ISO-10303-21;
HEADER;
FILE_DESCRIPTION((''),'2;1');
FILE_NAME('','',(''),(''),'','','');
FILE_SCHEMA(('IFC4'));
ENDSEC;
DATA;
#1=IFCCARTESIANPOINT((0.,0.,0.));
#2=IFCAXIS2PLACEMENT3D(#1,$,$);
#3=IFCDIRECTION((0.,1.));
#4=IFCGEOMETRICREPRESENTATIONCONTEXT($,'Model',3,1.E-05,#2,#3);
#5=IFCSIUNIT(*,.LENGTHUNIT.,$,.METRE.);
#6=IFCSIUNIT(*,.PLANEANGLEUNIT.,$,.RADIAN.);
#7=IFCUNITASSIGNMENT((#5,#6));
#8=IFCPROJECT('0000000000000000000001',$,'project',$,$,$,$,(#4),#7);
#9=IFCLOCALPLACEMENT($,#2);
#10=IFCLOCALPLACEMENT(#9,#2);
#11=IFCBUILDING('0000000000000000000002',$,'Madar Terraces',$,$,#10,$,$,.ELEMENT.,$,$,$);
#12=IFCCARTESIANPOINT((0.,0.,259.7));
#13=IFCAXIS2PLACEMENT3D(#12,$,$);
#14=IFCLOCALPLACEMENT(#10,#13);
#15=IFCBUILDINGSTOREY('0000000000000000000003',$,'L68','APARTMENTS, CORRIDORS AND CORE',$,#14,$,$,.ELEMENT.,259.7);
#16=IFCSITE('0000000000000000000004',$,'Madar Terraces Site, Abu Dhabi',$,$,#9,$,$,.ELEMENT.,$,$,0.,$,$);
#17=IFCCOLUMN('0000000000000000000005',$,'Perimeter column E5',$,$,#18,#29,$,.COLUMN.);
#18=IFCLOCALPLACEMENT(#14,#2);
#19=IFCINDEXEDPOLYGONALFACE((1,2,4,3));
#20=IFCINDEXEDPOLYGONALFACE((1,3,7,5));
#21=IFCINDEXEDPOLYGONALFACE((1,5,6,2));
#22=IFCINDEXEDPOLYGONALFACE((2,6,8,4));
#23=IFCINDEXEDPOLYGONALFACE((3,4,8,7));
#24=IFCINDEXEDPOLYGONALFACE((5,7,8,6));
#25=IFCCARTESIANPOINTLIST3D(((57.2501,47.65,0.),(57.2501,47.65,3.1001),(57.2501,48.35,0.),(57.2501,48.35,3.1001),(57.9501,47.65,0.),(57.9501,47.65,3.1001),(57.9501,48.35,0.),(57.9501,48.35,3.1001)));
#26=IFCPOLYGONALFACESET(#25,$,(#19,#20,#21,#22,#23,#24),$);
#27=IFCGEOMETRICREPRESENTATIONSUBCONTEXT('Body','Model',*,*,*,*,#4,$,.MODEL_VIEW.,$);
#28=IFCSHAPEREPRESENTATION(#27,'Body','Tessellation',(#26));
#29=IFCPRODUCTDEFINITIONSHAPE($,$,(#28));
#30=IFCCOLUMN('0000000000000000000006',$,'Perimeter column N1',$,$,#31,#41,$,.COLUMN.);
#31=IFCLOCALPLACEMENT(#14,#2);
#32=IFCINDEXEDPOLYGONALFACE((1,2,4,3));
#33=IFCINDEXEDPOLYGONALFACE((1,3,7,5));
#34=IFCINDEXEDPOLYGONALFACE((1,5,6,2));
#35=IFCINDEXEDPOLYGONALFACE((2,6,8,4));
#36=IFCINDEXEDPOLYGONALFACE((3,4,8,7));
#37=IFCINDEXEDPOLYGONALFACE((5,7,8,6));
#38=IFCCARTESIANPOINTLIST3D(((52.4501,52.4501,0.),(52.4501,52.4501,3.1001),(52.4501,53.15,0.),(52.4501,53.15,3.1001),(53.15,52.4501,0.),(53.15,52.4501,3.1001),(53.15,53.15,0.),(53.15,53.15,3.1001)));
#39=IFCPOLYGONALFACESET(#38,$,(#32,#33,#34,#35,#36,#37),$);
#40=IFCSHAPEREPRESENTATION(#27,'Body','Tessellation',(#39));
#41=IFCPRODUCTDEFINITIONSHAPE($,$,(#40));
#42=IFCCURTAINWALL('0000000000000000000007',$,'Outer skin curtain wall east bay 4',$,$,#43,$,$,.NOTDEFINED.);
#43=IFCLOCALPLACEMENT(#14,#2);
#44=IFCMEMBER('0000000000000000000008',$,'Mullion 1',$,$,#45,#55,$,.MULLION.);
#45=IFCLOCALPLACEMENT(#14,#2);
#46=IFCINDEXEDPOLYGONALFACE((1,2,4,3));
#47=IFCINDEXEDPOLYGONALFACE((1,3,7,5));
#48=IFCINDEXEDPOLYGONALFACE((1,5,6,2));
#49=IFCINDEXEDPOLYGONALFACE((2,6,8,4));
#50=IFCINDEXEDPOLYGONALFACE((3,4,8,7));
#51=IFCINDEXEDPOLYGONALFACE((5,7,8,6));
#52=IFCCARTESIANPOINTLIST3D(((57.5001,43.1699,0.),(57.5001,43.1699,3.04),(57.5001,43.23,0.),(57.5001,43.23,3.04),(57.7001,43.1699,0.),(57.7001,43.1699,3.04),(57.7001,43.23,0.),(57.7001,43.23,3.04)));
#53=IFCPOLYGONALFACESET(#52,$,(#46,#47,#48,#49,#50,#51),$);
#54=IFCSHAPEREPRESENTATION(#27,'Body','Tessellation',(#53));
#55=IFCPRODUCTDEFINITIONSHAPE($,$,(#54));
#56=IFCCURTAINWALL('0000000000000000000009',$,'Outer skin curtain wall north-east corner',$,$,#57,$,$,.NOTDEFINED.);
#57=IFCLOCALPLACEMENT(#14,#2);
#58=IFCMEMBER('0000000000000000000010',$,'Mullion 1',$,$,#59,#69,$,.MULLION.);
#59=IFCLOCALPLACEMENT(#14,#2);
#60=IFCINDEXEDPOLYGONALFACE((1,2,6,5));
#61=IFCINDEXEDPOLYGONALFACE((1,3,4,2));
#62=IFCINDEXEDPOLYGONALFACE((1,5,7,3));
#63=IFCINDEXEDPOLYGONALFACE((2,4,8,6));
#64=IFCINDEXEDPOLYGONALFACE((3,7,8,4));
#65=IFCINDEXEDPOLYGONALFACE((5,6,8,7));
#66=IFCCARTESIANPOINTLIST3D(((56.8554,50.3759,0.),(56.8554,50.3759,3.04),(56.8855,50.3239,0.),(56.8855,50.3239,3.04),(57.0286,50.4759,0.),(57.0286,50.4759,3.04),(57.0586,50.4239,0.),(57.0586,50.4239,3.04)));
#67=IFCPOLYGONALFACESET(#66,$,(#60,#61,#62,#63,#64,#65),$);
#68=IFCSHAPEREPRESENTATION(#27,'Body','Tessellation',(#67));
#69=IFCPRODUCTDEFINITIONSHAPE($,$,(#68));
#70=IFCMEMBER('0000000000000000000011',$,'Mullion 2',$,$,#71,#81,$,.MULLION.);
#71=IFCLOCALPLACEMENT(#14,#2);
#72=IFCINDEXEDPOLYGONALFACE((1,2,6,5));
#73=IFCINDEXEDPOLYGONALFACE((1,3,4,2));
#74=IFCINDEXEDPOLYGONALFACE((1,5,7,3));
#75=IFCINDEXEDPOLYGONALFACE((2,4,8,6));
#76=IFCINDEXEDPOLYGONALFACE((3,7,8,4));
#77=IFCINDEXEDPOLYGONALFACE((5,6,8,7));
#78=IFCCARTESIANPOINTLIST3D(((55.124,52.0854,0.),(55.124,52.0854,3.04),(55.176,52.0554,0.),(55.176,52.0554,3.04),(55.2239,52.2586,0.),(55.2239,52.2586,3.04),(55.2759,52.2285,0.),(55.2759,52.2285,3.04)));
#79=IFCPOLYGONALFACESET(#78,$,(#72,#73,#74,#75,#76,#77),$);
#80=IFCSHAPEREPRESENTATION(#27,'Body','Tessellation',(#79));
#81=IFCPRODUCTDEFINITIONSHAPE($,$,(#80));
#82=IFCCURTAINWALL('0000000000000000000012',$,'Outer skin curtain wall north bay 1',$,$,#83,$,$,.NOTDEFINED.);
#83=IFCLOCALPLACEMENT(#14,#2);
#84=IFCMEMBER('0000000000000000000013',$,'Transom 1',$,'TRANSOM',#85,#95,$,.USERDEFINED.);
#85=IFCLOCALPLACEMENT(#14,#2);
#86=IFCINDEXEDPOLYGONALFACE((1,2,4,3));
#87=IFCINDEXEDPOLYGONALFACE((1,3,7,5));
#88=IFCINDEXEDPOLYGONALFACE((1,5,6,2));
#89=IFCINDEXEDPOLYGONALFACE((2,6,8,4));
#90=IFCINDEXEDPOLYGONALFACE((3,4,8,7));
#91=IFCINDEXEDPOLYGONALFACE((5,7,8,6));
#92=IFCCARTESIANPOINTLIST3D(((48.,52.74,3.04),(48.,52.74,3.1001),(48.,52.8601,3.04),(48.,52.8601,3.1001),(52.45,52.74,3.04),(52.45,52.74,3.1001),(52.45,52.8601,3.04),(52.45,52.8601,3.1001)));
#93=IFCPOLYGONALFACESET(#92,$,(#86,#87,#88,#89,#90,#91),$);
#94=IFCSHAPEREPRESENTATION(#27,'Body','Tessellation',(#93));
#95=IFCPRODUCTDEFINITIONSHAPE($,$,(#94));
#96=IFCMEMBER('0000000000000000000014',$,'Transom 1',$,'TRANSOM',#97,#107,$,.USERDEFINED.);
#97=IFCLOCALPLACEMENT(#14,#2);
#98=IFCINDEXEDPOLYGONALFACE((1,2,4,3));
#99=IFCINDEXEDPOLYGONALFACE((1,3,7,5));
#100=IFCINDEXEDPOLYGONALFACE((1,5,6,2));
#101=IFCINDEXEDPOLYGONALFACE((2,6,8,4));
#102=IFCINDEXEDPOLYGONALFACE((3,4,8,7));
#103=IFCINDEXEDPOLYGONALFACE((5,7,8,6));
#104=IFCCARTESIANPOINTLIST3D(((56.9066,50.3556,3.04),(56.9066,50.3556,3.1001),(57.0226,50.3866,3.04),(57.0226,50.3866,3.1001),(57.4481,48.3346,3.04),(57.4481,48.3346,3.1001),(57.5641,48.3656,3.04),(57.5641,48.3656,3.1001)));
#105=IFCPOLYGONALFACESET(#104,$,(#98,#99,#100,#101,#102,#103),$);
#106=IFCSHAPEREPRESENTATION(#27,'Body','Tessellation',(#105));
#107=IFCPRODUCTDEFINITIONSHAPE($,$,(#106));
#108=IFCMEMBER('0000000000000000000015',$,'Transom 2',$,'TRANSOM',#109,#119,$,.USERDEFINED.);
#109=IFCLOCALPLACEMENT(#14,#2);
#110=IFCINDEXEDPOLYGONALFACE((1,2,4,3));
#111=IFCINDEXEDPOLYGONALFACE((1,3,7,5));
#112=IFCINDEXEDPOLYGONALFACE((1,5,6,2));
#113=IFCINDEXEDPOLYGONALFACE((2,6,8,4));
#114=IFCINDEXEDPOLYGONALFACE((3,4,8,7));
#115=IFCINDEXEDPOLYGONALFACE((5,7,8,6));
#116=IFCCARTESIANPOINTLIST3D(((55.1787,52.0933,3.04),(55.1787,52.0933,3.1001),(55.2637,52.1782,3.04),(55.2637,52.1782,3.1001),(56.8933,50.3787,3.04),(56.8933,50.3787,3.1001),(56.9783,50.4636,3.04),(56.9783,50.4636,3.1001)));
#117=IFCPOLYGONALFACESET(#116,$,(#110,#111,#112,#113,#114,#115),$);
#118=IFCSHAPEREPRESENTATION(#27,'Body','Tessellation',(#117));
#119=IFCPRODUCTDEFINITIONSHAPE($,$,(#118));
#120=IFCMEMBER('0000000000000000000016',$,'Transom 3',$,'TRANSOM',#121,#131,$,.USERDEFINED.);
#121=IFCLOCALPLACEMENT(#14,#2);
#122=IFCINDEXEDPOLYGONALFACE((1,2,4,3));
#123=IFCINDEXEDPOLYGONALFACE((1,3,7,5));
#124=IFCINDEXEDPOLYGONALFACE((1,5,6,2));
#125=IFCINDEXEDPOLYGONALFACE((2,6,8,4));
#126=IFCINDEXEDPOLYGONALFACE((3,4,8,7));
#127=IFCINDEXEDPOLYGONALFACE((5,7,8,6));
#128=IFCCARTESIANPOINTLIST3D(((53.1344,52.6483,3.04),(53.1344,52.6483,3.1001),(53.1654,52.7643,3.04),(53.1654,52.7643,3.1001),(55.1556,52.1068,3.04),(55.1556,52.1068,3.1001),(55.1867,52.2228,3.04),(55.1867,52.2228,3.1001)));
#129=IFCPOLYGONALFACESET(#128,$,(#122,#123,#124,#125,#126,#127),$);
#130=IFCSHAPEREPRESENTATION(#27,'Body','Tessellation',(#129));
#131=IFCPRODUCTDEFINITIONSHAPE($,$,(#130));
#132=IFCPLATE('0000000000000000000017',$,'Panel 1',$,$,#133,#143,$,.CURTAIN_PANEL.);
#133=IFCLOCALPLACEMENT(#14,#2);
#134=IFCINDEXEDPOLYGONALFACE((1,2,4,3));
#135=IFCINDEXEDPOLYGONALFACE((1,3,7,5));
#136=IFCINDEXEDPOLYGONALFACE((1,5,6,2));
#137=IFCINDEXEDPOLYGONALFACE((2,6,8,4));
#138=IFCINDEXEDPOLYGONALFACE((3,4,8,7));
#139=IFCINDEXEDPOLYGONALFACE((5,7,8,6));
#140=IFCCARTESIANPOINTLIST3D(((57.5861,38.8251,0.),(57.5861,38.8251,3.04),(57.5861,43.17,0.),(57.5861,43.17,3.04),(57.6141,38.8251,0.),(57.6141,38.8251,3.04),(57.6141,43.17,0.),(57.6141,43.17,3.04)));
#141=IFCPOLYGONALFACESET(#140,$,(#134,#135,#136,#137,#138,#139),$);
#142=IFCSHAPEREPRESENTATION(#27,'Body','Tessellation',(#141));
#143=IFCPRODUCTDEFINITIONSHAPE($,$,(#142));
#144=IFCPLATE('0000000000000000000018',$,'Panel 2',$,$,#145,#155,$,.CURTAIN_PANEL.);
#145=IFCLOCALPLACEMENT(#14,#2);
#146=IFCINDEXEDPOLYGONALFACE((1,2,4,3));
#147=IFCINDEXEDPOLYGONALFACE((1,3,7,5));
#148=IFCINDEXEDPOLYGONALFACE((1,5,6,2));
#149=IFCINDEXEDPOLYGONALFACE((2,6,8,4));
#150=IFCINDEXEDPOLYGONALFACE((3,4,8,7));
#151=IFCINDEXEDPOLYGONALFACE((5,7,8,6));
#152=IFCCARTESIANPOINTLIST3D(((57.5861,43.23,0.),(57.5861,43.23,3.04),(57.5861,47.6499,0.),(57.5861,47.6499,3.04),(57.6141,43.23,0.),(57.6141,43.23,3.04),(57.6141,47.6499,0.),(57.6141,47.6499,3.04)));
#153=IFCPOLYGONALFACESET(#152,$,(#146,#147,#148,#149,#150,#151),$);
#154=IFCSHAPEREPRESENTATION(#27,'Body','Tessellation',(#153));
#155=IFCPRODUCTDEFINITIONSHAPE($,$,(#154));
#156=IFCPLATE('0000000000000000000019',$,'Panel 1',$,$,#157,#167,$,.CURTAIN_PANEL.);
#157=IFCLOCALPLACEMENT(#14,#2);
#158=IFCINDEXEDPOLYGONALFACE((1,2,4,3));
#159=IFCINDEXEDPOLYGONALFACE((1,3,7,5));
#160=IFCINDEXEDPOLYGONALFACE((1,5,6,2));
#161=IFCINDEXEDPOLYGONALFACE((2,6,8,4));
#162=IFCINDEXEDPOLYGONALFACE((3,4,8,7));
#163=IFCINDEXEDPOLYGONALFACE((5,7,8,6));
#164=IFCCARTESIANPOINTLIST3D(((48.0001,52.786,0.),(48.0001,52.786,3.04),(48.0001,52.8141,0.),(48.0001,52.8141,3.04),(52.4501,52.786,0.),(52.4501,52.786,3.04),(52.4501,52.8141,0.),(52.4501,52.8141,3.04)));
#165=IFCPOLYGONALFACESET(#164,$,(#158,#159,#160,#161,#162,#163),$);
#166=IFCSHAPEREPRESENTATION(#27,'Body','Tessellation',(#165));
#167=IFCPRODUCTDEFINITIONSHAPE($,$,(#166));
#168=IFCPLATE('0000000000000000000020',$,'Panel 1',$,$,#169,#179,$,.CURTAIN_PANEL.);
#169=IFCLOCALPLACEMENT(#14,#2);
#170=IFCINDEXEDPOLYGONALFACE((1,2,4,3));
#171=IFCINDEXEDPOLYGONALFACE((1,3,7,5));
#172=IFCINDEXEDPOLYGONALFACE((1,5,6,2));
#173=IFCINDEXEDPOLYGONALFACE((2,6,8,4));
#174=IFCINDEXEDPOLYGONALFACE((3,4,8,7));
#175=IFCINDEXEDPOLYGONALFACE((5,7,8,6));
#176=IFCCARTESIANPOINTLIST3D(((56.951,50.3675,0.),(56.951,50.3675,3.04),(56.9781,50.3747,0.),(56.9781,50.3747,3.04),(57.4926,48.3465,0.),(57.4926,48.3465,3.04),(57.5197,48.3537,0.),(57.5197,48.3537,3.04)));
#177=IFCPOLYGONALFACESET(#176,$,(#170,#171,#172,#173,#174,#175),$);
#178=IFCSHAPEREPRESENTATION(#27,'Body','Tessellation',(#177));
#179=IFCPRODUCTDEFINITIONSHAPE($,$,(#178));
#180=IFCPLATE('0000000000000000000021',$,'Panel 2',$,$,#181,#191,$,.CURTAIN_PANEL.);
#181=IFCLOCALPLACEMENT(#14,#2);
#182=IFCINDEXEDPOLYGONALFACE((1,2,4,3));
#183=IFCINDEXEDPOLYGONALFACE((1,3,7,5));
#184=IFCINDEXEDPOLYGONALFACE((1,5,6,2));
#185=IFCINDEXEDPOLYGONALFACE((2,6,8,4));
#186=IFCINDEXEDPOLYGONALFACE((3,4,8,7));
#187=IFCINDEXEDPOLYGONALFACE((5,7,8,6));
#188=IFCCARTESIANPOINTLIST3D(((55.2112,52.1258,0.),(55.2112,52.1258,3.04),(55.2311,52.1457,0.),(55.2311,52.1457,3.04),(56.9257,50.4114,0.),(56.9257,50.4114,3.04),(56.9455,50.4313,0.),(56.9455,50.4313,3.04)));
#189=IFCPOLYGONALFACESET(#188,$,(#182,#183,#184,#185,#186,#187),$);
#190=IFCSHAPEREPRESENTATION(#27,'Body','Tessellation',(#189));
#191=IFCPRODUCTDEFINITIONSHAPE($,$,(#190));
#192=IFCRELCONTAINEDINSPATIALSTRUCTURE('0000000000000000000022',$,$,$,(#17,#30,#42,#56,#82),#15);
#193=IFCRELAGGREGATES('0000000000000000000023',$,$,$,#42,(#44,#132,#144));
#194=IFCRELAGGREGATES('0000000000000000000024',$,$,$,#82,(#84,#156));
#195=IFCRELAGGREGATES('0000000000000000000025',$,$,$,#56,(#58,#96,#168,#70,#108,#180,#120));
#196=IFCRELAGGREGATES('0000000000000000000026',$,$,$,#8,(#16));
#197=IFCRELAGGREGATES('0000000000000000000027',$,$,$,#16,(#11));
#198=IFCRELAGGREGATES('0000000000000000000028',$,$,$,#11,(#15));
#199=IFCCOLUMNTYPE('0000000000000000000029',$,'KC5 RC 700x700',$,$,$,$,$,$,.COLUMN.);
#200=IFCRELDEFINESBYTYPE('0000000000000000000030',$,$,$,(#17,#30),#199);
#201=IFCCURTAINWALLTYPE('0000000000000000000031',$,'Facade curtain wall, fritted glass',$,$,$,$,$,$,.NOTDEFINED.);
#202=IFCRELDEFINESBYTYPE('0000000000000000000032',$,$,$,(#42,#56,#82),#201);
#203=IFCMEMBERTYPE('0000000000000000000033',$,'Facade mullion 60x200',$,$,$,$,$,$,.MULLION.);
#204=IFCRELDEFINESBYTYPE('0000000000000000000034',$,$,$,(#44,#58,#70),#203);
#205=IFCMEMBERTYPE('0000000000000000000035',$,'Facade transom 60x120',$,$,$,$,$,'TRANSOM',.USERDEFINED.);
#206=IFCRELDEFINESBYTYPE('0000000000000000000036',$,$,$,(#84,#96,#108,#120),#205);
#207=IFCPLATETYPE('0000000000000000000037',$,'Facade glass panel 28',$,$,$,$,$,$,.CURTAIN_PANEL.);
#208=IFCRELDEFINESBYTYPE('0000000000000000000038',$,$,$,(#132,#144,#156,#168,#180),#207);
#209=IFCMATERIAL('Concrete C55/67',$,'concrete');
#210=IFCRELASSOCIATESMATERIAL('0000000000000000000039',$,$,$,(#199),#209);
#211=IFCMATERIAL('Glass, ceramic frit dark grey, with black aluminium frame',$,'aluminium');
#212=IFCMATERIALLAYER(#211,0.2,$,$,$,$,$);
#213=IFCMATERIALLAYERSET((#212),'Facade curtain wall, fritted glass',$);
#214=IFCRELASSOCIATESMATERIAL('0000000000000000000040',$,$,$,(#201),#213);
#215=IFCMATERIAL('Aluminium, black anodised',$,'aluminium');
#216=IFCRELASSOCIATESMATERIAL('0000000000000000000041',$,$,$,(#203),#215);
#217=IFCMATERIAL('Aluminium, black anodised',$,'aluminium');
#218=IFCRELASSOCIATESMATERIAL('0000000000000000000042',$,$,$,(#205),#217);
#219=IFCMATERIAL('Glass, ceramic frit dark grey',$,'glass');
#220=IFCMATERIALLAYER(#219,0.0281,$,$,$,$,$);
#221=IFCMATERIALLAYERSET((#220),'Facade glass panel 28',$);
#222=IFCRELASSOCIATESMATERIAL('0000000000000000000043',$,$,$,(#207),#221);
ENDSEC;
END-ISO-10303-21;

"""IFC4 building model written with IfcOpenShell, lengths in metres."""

from ifc_helpers import new_model, si_unit, direction, frame, origin, origin_2d, place, context, subcontext, project, spatial, rectangle, extrude, material, layer, layer_set, material_profile, profile_set, type_object, element, aggregate, save


model = new_model("IFC4")

# Units and contexts
model_context = context("Model", 3, precision=1e-05, world=origin(), true_north=direction((0.0, 1.0)))
body_context = subcontext(model_context, "Body", "Model", "MODEL_VIEW")
ifc_project = project(units=[si_unit("LENGTHUNIT", "METRE"), si_unit("PLANEANGLEUNIT", "RADIAN")], contexts=[model_context])

# Site, building, storey
site_placement = place(None, origin())
site = spatial("IfcSite", under=ifc_project, at=site_placement, Name="Madar Terraces Site, Abu Dhabi", CompositionType="ELEMENT", RefElevation=0.0)
building_placement = place(site_placement, origin())
building = spatial("IfcBuilding", under=site, at=building_placement, Name="Madar Terraces", CompositionType="ELEMENT")
storey_placement = place(building_placement, frame((0.0, 0.0, 259.7)))
storey = spatial("IfcBuildingStorey", under=building, at=storey_placement, Name="L68", Description="APARTMENTS, CORRIDORS AND CORE", CompositionType="ELEMENT", Elevation=259.7)

# Columns
ifc_material_1 = material(Name="Concrete C55/67", Category="concrete")
ifc_material_profile_1 = material_profile(ifc_material_1, rectangle(XDim=0.7, YDim=0.7, at=origin_2d()), Name="KC5 RC 700x700")
ifc_profile_set_1 = profile_set([ifc_material_profile_1], Name="Concrete C55/67")
column_type = type_object("IfcColumnType", Name="KC5 RC 700x700", PredefinedType="COLUMN", material=ifc_profile_set_1)
for number, where, z_axis, x_axis, name in (
    (1, (57.6001, 48.0, 0.0), (0.0, 0.0, 1.0), (1.0, 0.0, 0.0), "Perimeter column E5"),
    (2, (52.8, 52.8, 0.0), (0.0, 0.0, 1.0), (1.0, 0.0, 0.0), "Perimeter column N1"),
):
    element("IfcColumn", number, at=place(storey_placement, frame(where, z_axis=z_axis, x_axis=x_axis)), inside=storey, type_object=column_type, Name=name, PredefinedType="COLUMN", context=body_context, shape_type="SweptSolid", body=[
        extrude(rectangle(XDim=0.7, YDim=0.7, at=origin_2d()), origin(), (0.0, 0.0, 1.0), 3.1001),
    ])

# Curtain wall, member
ifc_material_2 = material(Name="Glass, ceramic frit dark grey, with black aluminium frame", Category="aluminium")
ifc_layer_1 = layer(ifc_material_2, 0.2)
ifc_layer_set_1 = layer_set([ifc_layer_1], Name="Facade curtain wall, fritted glass")
curtain_wall_type = type_object("IfcCurtainWallType", Name="Facade curtain wall, fritted glass", PredefinedType="NOTDEFINED", material=ifc_layer_set_1)
curtain_wall_1_placement = place(storey_placement, origin())
curtain_wall_1 = element("IfcCurtainWall", 3, at=curtain_wall_1_placement, inside=storey, type_object=curtain_wall_type, Name="Outer skin curtain wall east bay 4", PredefinedType="NOTDEFINED")
ifc_material_3 = material(Name="Aluminium, black anodised", Category="aluminium")
ifc_material_profile_2 = material_profile(ifc_material_3, rectangle(XDim=0.2, YDim=0.0601, at=origin_2d()), Name="Facade mullion 60x200")
ifc_profile_set_2 = profile_set([ifc_material_profile_2], Name="Aluminium, black anodised")
member_type_1 = type_object("IfcMemberType", Name="Facade mullion 60x200", PredefinedType="MULLION", material=ifc_profile_set_2)
member_1_placement = place(storey_placement, frame((57.6001, 43.2, 0.0), z_axis=(0.0, 0.0, 1.0), x_axis=(-1.0, 0.0, 0.0)))
member_1 = element("IfcMember", 4, at=member_1_placement, type_object=member_type_1, Name="Mullion 1", PredefinedType="MULLION", context=body_context, shape_type="SweptSolid", body=[
    extrude(rectangle(XDim=0.2, YDim=0.0601, at=origin_2d()), origin(), (0.0, 0.0, 1.0), 3.04),
])

# Curtain wall, members
curtain_wall_2_placement = place(storey_placement, origin())
curtain_wall_2 = element("IfcCurtainWall", 5, at=curtain_wall_2_placement, inside=storey, type_object=curtain_wall_type, Name="Outer skin curtain wall north-east corner", PredefinedType="NOTDEFINED")
member_2_placement = place(storey_placement, frame((56.957, 50.3999, 0.0), z_axis=(0.0, 0.0, 1.0), x_axis=(-0.866025, -0.5, 0.0)))
member_2 = element("IfcMember", 6, at=member_2_placement, type_object=member_type_1, Name="Mullion 1", PredefinedType="MULLION", context=body_context, shape_type="SweptSolid", body=[
    extrude(rectangle(XDim=0.2, YDim=0.0601, at=origin_2d()), origin(), (0.0, 0.0, 1.0), 3.04),
])
member_3_placement = place(storey_placement, frame((55.2, 52.157, 0.0), z_axis=(0.0, 0.0, 1.0), x_axis=(-0.5, -0.866025, 0.0)))
member_3 = element("IfcMember", 7, at=member_3_placement, type_object=member_type_1, Name="Mullion 2", PredefinedType="MULLION", context=body_context, shape_type="SweptSolid", body=[
    extrude(rectangle(XDim=0.2, YDim=0.0601, at=origin_2d()), origin(), (0.0, 0.0, 1.0), 3.04),
])

# Curtain wall, member
curtain_wall_3_placement = place(storey_placement, origin())
curtain_wall_3 = element("IfcCurtainWall", 8, at=curtain_wall_3_placement, inside=storey, type_object=curtain_wall_type, Name="Outer skin curtain wall north bay 1", PredefinedType="NOTDEFINED")
ifc_material_4 = material(Name="Aluminium, black anodised", Category="aluminium")
ifc_material_profile_3 = material_profile(ifc_material_4, rectangle(XDim=0.1201, YDim=0.0601, at=origin_2d()), Name="Facade transom 60x120")
ifc_profile_set_3 = profile_set([ifc_material_profile_3], Name="Aluminium, black anodised")
member_type_2 = type_object("IfcMemberType", Name="Facade transom 60x120", ElementType="TRANSOM", PredefinedType="USERDEFINED", material=ifc_profile_set_3)
member_4_placement = place(storey_placement, frame((52.45, 52.8, 3.0701), z_axis=(-1.0, 0.0, 0.0), x_axis=(0.0, -1.0, 0.0)))
member_4 = element("IfcMember", 9, at=member_4_placement, type_object=member_type_2, Name="Transom 1", ObjectType="TRANSOM", PredefinedType="USERDEFINED", context=body_context, shape_type="SweptSolid", body=[
    extrude(rectangle(XDim=0.1201, YDim=0.0601, at=origin_2d()), origin(), (0.0, 0.0, 1.0), 4.45),
])

# Members
member_5_placement = place(storey_placement, frame((57.5061, 48.3501, 3.0701), z_axis=(-0.25881, 0.965928, 0.0), x_axis=(-0.965928, -0.25881, 0.0)))
member_5 = element("IfcMember", 10, at=member_5_placement, type_object=member_type_2, Name="Transom 1", ObjectType="TRANSOM", PredefinedType="USERDEFINED", context=body_context, shape_type="SweptSolid", body=[
    extrude(rectangle(XDim=0.1201, YDim=0.0601, at=origin_2d()), origin(), (0.0, 0.0, 1.0), 2.0923),
])
member_6_placement = place(storey_placement, frame((56.9358, 50.4211, 3.0701), z_axis=(-0.707107, 0.707107, 0.0), x_axis=(-0.707107, -0.707107, 0.0)))
member_6 = element("IfcMember", 11, at=member_6_placement, type_object=member_type_2, Name="Transom 2", ObjectType="TRANSOM", PredefinedType="USERDEFINED", context=body_context, shape_type="SweptSolid", body=[
    extrude(rectangle(XDim=0.1201, YDim=0.0601, at=origin_2d()), origin(), (0.0, 0.0, 1.0), 2.4248),
])
member_7_placement = place(storey_placement, frame((55.1711, 52.1648, 3.0701), z_axis=(-0.965936, 0.258781, 0.0), x_axis=(-0.258781, -0.965936, 0.0)))
member_7 = element("IfcMember", 12, at=member_7_placement, type_object=member_type_2, Name="Transom 3", ObjectType="TRANSOM", PredefinedType="USERDEFINED", context=body_context, shape_type="SweptSolid", body=[
    extrude(rectangle(XDim=0.1201, YDim=0.0601, at=origin_2d()), origin(), (0.0, 0.0, 1.0), 2.0925),
])

# Plates
ifc_material_5 = material(Name="Glass, ceramic frit dark grey", Category="glass")
ifc_layer_2 = layer(ifc_material_5, 0.0281)
ifc_layer_set_2 = layer_set([ifc_layer_2], Name="Facade glass panel 28")
plate_type = type_object("IfcPlateType", Name="Facade glass panel 28", PredefinedType="CURTAIN_PANEL", material=ifc_layer_set_2)
plate_1_placement = place(storey_placement, frame((57.6001, 40.9976, 0.0), z_axis=(0.0, 0.0, 1.0), x_axis=(0.0, 1.0, 0.0)))
plate_1 = element("IfcPlate", 13, at=plate_1_placement, type_object=plate_type, Name="Panel 1", PredefinedType="CURTAIN_PANEL", context=body_context, shape_type="SweptSolid", body=[
    extrude(rectangle(XDim=4.345, YDim=0.0281, at=origin_2d()), origin(), (0.0, 0.0, 1.0), 3.04),
])
plate_2_placement = place(storey_placement, frame((57.6001, 45.4399, 0.0), z_axis=(0.0, 0.0, 1.0), x_axis=(0.0, 1.0, 0.0)))
plate_2 = element("IfcPlate", 14, at=plate_2_placement, type_object=plate_type, Name="Panel 2", PredefinedType="CURTAIN_PANEL", context=body_context, shape_type="SweptSolid", body=[
    extrude(rectangle(XDim=4.4199, YDim=0.0281, at=origin_2d()), origin(), (0.0, 0.0, 1.0), 3.04),
])
aggregate(curtain_wall_1, [member_1, plate_1, plate_2])
plate_3_placement = place(storey_placement, frame((50.2251, 52.8, 0.0), z_axis=(0.0, 0.0, 1.0), x_axis=(-1.0, 0.0, 0.0)))
plate_3 = element("IfcPlate", 15, at=plate_3_placement, type_object=plate_type, Name="Panel 1", PredefinedType="CURTAIN_PANEL", context=body_context, shape_type="SweptSolid", body=[
    extrude(rectangle(XDim=4.45, YDim=0.0281, at=origin_2d()), origin(), (0.0, 0.0, 1.0), 3.04),
])
aggregate(curtain_wall_3, [member_4, plate_3])
plate_4_placement = place(storey_placement, frame((57.2354, 49.3606, 0.0), z_axis=(0.0, 0.0, 1.0), x_axis=(-0.258819, 0.965926, 0.0)))
plate_4 = element("IfcPlate", 16, at=plate_4_placement, type_object=plate_type, Name="Panel 1", PredefinedType="CURTAIN_PANEL", context=body_context, shape_type="SweptSolid", body=[
    extrude(rectangle(XDim=2.0923, YDim=0.0281, at=origin_2d()), origin(), (0.0, 0.0, 1.0), 3.04),
])
plate_5_placement = place(storey_placement, frame((56.0784, 51.2786, 0.0), z_axis=(0.0, 0.0, 1.0), x_axis=(-0.707107, 0.707107, 0.0)))
plate_5 = element("IfcPlate", 17, at=plate_5_placement, type_object=plate_type, Name="Panel 2", PredefinedType="CURTAIN_PANEL", context=body_context, shape_type="SweptSolid", body=[
    extrude(rectangle(XDim=2.4246, YDim=0.0281, at=origin_2d()), origin(), (0.0, 0.0, 1.0), 3.04),
])
aggregate(curtain_wall_2, [member_2, member_5, plate_4, member_3, member_6, plate_5, member_7])

save(model, "model.ifc")
